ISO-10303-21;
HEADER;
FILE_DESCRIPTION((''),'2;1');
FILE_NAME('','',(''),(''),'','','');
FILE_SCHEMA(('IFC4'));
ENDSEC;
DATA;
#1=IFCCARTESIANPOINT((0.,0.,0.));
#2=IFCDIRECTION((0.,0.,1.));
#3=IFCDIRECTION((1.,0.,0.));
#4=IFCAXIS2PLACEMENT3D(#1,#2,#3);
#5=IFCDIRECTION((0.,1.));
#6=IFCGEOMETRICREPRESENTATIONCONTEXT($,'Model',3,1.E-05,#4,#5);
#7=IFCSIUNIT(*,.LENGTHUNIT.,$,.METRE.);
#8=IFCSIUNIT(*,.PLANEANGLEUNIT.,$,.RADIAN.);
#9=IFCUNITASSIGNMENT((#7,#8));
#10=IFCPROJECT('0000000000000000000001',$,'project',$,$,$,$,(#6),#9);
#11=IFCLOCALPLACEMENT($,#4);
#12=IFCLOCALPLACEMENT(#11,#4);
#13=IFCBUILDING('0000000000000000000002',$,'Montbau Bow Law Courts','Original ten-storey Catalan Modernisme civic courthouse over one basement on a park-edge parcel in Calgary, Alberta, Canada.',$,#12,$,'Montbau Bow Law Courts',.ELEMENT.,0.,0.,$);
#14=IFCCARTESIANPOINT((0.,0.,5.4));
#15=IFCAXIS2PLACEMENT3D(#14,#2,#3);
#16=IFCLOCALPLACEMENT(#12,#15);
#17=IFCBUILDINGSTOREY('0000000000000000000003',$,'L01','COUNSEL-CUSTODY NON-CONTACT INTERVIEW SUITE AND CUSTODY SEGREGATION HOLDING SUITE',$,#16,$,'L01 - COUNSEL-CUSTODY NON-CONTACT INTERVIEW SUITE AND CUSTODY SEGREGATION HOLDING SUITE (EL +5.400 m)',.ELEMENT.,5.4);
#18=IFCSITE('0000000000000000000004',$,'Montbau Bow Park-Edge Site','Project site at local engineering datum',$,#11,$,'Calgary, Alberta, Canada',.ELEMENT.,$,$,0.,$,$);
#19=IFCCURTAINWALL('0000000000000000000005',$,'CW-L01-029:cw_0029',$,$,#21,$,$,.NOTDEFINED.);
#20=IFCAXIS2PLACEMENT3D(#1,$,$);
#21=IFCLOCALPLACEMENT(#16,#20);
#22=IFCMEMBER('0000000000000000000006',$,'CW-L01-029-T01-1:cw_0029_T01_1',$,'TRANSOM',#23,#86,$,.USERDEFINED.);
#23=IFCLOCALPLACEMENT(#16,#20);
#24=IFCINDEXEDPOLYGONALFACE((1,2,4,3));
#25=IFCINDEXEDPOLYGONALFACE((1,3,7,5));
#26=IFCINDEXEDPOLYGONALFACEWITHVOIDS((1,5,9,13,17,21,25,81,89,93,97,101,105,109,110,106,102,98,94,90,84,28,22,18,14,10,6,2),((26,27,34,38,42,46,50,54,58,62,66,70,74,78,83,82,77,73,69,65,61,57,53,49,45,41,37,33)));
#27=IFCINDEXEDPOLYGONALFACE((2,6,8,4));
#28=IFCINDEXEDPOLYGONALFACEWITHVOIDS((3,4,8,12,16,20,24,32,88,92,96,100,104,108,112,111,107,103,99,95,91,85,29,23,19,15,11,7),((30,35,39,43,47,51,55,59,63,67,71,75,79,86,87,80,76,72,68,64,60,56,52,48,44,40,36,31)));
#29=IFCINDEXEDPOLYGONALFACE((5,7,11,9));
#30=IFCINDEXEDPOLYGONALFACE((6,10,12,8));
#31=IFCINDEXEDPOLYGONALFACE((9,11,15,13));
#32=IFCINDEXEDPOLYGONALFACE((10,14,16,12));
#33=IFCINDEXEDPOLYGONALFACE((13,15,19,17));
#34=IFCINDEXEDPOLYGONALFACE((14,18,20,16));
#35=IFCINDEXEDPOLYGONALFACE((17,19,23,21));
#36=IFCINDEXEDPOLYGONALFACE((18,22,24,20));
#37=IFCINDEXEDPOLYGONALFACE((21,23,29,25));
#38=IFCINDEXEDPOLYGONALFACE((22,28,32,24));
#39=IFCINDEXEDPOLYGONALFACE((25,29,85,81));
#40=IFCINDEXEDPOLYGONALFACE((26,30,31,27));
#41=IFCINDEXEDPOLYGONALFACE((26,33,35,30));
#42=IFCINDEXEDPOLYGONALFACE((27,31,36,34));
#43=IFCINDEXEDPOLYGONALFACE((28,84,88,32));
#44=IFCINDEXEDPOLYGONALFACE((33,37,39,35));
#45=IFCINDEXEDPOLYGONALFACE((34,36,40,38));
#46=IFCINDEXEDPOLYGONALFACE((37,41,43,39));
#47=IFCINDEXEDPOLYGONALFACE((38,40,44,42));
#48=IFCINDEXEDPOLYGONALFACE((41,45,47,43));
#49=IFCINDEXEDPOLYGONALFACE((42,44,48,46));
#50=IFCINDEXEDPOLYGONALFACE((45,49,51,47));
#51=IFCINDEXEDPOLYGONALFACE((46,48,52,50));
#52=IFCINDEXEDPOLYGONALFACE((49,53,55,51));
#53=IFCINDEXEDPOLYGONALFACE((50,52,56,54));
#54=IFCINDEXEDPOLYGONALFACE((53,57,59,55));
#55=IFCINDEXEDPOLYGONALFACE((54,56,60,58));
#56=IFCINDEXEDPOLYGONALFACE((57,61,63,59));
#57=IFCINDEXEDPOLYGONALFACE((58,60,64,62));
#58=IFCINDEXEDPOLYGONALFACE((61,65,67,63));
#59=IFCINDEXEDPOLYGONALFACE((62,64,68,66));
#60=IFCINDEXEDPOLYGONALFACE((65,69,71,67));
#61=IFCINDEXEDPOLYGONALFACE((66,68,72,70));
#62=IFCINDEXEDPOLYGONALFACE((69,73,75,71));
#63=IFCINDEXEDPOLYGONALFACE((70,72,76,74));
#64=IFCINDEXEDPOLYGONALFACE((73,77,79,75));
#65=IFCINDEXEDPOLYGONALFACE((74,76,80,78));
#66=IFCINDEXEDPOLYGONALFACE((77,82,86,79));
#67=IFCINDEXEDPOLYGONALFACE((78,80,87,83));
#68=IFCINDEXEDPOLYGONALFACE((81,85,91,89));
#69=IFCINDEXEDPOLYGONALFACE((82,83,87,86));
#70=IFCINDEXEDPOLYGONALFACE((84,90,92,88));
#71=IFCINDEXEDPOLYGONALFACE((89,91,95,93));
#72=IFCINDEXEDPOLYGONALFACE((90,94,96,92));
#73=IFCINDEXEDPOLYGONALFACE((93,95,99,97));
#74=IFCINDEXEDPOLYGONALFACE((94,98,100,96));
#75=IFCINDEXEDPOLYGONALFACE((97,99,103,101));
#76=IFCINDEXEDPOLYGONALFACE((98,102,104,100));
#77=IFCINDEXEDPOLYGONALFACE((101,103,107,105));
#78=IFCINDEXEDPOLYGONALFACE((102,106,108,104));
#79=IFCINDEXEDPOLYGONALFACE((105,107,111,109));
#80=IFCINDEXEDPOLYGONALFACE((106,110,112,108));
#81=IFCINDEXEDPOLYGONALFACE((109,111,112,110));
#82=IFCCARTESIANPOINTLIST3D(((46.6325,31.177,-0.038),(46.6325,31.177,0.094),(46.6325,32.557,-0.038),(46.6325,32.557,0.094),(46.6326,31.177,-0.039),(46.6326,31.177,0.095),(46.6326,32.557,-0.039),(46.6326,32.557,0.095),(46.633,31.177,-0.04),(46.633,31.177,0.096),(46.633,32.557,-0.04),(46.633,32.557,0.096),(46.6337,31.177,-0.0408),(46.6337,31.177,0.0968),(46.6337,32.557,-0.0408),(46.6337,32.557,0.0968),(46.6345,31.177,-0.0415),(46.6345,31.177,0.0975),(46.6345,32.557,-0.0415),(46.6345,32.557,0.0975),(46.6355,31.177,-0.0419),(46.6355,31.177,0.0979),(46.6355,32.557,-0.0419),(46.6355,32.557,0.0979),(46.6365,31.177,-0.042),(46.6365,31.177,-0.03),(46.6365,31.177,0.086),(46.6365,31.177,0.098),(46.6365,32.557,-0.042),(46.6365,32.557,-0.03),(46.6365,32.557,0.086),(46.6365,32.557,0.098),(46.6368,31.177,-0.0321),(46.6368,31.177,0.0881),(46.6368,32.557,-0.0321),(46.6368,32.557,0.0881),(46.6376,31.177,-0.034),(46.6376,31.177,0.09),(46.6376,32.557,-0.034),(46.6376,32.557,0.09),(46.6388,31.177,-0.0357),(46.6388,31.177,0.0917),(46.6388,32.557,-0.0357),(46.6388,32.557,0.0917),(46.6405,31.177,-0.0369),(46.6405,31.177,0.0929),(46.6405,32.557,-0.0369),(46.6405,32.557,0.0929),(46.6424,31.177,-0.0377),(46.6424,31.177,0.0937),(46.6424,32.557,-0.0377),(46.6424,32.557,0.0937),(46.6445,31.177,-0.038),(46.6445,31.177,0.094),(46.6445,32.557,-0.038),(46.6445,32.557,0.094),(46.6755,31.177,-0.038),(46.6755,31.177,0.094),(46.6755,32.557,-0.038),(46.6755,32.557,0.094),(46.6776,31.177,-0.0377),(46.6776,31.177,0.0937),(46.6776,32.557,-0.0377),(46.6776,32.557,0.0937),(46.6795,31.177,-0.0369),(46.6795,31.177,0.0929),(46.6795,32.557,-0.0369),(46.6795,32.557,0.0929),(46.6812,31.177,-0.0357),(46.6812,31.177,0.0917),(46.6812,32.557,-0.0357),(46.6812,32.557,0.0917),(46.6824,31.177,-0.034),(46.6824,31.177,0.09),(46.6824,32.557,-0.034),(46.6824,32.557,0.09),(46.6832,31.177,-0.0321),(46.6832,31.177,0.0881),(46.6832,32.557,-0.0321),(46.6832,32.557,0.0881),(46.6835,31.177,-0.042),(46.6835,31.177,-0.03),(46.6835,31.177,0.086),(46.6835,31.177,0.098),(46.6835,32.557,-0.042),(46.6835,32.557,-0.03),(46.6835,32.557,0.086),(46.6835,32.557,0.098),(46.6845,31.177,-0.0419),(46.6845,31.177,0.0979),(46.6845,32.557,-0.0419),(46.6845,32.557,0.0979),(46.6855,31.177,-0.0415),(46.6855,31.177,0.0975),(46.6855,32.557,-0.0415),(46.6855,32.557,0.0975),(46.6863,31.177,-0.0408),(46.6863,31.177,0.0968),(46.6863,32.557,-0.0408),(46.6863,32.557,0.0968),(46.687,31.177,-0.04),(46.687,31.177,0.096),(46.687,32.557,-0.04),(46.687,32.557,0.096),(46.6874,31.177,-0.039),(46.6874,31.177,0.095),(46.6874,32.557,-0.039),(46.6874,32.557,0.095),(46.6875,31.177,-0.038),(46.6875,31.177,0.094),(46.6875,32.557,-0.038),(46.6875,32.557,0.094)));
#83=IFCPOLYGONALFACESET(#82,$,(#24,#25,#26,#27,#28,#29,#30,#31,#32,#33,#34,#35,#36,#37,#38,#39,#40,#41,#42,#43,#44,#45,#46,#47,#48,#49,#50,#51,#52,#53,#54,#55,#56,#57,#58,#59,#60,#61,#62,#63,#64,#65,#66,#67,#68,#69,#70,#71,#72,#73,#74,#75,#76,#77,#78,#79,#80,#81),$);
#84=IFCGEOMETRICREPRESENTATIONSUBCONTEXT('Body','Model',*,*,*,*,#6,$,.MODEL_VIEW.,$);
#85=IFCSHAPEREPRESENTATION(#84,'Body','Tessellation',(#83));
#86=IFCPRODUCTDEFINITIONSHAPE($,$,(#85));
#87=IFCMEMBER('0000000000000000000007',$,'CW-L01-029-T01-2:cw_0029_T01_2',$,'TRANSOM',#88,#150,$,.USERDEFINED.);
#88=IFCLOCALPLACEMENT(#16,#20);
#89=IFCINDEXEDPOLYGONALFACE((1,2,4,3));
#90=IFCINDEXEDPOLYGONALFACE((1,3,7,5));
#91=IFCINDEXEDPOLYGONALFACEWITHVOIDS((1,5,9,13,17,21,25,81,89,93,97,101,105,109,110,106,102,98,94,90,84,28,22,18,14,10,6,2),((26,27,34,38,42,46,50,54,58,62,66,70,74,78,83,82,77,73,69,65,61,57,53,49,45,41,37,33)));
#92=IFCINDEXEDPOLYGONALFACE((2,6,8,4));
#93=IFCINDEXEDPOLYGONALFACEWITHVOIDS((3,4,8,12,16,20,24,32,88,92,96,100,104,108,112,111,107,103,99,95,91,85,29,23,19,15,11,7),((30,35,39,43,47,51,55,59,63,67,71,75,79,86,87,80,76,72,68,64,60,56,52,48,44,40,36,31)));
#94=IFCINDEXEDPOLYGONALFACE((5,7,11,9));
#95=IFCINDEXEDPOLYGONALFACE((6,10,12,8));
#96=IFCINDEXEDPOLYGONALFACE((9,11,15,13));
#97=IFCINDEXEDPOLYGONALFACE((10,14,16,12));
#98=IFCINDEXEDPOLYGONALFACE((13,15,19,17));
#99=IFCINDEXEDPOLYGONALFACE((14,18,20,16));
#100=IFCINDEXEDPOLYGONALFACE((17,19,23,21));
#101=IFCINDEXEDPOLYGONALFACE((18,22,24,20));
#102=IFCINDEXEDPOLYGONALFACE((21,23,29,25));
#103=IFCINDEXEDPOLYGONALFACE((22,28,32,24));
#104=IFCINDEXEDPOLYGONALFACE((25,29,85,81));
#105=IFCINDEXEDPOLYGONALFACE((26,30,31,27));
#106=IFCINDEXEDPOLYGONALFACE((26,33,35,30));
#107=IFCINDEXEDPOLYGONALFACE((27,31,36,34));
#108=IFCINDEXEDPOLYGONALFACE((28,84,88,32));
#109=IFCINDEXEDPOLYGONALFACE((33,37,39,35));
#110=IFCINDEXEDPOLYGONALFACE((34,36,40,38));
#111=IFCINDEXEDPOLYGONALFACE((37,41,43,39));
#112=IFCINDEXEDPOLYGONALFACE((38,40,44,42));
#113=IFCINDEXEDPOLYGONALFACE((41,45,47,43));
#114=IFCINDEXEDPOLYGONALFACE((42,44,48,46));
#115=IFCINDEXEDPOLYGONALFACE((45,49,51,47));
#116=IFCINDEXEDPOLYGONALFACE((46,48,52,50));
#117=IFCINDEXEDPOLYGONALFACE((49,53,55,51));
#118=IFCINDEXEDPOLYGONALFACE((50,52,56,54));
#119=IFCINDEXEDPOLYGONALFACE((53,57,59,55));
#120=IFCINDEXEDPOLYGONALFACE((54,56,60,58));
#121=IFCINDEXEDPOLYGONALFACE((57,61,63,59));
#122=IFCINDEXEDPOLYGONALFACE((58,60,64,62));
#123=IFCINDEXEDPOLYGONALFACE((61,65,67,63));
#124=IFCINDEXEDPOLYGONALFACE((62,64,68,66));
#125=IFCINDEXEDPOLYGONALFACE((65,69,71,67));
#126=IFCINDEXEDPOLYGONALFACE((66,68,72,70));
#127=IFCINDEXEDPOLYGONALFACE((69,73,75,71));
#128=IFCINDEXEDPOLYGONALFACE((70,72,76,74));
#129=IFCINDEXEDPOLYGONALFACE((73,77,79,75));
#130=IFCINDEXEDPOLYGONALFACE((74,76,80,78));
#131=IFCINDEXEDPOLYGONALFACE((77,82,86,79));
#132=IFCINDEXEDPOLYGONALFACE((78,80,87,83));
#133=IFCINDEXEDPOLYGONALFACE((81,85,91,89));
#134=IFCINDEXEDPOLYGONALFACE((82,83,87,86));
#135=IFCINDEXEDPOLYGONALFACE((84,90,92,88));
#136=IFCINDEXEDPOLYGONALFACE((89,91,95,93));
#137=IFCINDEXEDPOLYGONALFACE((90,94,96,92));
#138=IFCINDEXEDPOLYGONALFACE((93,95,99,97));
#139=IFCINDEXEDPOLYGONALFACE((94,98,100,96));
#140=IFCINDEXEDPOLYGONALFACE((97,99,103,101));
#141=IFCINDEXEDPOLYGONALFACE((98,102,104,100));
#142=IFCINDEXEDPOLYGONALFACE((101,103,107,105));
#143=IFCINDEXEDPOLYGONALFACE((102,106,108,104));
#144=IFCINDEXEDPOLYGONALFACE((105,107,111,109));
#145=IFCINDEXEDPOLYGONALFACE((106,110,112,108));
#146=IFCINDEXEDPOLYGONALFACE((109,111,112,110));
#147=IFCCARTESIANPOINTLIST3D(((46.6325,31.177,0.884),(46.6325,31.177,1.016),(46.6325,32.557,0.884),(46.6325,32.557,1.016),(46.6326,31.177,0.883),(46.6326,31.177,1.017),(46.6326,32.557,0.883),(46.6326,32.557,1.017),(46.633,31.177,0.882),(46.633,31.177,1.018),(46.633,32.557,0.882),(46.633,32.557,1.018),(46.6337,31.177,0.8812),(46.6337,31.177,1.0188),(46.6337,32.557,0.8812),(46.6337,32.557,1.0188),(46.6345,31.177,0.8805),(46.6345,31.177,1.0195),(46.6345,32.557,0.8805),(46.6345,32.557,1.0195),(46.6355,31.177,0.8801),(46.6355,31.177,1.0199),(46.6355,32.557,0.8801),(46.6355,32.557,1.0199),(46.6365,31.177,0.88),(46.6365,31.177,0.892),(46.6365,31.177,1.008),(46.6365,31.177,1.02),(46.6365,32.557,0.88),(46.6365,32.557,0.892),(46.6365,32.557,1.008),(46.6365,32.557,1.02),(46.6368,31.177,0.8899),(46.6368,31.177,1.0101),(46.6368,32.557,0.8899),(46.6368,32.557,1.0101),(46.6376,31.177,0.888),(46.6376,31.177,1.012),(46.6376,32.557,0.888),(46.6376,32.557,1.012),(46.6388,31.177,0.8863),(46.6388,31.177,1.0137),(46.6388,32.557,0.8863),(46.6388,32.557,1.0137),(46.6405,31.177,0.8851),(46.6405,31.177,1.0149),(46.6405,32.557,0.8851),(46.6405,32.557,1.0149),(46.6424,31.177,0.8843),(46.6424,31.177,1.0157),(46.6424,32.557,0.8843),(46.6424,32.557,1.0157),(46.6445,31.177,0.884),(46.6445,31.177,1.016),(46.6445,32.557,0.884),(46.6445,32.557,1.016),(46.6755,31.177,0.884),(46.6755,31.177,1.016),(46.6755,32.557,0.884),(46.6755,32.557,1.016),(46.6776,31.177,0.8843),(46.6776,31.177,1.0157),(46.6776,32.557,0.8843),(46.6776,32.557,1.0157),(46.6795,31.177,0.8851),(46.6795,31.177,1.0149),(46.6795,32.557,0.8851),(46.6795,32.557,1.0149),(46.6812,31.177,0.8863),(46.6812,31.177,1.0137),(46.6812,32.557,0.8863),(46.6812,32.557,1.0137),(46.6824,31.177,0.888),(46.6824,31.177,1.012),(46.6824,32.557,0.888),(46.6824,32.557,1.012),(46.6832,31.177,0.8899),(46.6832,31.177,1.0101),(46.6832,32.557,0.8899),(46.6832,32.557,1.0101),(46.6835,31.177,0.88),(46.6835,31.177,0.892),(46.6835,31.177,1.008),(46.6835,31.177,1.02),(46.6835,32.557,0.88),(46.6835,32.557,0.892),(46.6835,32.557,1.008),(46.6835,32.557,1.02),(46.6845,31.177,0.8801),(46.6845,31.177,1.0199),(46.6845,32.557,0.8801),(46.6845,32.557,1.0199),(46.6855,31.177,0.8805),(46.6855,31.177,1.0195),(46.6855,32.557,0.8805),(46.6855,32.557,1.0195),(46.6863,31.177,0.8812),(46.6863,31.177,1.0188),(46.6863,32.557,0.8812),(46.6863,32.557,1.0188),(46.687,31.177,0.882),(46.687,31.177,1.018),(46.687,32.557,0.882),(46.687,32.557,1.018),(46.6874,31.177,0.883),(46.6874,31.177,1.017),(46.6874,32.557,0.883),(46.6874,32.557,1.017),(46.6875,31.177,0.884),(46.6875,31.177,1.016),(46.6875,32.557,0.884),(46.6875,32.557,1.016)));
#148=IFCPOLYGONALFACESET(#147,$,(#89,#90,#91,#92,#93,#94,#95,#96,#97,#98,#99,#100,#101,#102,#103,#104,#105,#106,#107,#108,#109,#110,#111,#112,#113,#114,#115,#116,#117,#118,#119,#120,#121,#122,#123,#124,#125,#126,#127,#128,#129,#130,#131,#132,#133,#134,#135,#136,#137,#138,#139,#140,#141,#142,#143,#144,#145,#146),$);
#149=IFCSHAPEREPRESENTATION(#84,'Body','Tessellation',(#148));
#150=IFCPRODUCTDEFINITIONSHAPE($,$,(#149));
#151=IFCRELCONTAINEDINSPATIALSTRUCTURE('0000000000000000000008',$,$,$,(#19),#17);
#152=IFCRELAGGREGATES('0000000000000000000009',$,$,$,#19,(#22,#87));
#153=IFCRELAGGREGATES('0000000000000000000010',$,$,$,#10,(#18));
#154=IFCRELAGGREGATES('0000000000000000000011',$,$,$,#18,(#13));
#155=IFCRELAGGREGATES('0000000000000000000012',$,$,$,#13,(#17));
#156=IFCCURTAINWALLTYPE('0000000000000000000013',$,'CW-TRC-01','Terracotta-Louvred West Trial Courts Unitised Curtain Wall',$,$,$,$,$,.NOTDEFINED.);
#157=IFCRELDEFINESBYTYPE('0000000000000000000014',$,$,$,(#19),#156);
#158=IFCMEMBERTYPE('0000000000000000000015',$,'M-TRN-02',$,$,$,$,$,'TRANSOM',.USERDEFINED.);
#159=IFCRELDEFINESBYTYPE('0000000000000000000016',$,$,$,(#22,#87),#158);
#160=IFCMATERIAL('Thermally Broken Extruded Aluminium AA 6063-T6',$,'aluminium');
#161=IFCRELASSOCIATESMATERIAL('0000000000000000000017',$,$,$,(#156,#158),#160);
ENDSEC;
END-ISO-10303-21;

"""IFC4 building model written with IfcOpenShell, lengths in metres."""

from ifc_helpers import new_model, si_unit, direction, frame, origin_with_axes, origin_2d_with_axis, place, context, subcontext, project, spatial, hollow_rectangle, extrude, material, material_profile, profile_set, type_object, element, aggregate, save


model = new_model("IFC4")

# Units and contexts
model_context = context("Model", 3, precision=1e-05, world=origin_with_axes(), true_north=direction((0.0, 1.0)))
body_context = subcontext(model_context, "Body", "Model", "MODEL_VIEW")
ifc_project = project(units=[si_unit("LENGTHUNIT", "METRE"), si_unit("PLANEANGLEUNIT", "RADIAN")], contexts=[model_context])

# Site, building, storey
site_placement = place(None, origin_with_axes())
site = spatial("IfcSite", under=ifc_project, at=site_placement, Name="Montbau Bow Park-Edge Site", Description="Project site at local engineering datum", LongName="Calgary, Alberta, Canada", CompositionType="ELEMENT", RefElevation=0.0)
building_placement = place(site_placement, origin_with_axes())
building = spatial("IfcBuilding", under=site, at=building_placement, Name="Montbau Bow Law Courts", Description="Original ten-storey Catalan Modernisme civic courthouse over one basement on a park-edge parcel in Calgary, Alberta, Canada.", LongName="Montbau Bow Law Courts", CompositionType="ELEMENT", ElevationOfRefHeight=0.0, ElevationOfTerrain=0.0)
storey_placement = place(building_placement, frame((0.0, 0.0, 5.4), z_axis=(0.0, 0.0, 1.0), x_axis=(1.0, 0.0, 0.0)))
storey = spatial("IfcBuildingStorey", under=building, at=storey_placement, Name="L01", Description="COUNSEL-CUSTODY NON-CONTACT INTERVIEW SUITE AND CUSTODY SEGREGATION HOLDING SUITE", LongName="L01 - COUNSEL-CUSTODY NON-CONTACT INTERVIEW SUITE AND CUSTODY SEGREGATION HOLDING SUITE (EL +5.400 m)", CompositionType="ELEMENT", Elevation=5.4)

# Shared definitions
ifc_material_1 = material(Name="Thermally Broken Extruded Aluminium AA 6063-T6", Category="aluminium")

# Curtain wall, members
curtain_wall_type_1 = type_object("IfcCurtainWallType", Name="CW-TRC-01", Description="Terracotta-Louvred West Trial Courts Unitised Curtain Wall", PredefinedType="NOTDEFINED", material=ifc_material_1)
curtain_wall_1_placement = place(None, frame((46.66, 31.115, 5.4), z_axis=(0.0, 0.0, 1.0), x_axis=(1.0, 0.0, 0.0)))
curtain_wall_1 = element("IfcCurtainWall", 1, at=curtain_wall_1_placement, inside=storey, type_object=curtain_wall_type_1, Name="CW-L01-029:cw_0029", PredefinedType="NOTDEFINED")
ifc_material_profile_1 = material_profile(ifc_material_1, hollow_rectangle(XDim=0.055, YDim=0.14, WallThickness=0.004, InnerFilletRadius=0.008, OuterFilletRadius=0.004, at=origin_2d_with_axis()), Name="CWT-140X55", Category="Main", Priority=0)
ifc_profile_set_1 = profile_set([ifc_material_profile_1], Name="Thermally Broken Extruded Aluminium AA 6063-T6")
member_type_1 = type_object("IfcMemberType", Name="M-TRN-02", ElementType="TRANSOM", PredefinedType="USERDEFINED", material=ifc_profile_set_1)
member_1_placement = place(None, frame((46.66, 31.177, 5.428), z_axis=(0.0, 1.0, 0.0), x_axis=(-1.0, 0.0, 0.0)))
member_1 = element("IfcMember", 2, at=member_1_placement, type_object=member_type_1, Name="CW-L01-029-T01-1:cw_0029_T01_1", ObjectType="TRANSOM", PredefinedType="USERDEFINED", context=body_context, shape_type="SweptSolid", body=[
    extrude(hollow_rectangle(XDim=0.055, YDim=0.14, WallThickness=0.004, InnerFilletRadius=0.008, OuterFilletRadius=0.004, at=origin_2d_with_axis()), origin_with_axes(), (0.0, 0.0, 1.0), 1.38),
])
member_2_placement = place(None, frame((46.66, 31.177, 6.35), z_axis=(0.0, 1.0, 0.0), x_axis=(-1.0, 0.0, 0.0)))
member_2 = element("IfcMember", 3, at=member_2_placement, type_object=member_type_1, Name="CW-L01-029-T01-2:cw_0029_T01_2", ObjectType="TRANSOM", PredefinedType="USERDEFINED", context=body_context, shape_type="SweptSolid", body=[
    extrude(hollow_rectangle(XDim=0.055, YDim=0.14, WallThickness=0.004, InnerFilletRadius=0.008, OuterFilletRadius=0.004, at=origin_2d_with_axis()), origin_with_axes(), (0.0, 0.0, 1.0), 1.38),
])
aggregate(curtain_wall_1, [member_1, member_2])

save(model, "model.ifc")
